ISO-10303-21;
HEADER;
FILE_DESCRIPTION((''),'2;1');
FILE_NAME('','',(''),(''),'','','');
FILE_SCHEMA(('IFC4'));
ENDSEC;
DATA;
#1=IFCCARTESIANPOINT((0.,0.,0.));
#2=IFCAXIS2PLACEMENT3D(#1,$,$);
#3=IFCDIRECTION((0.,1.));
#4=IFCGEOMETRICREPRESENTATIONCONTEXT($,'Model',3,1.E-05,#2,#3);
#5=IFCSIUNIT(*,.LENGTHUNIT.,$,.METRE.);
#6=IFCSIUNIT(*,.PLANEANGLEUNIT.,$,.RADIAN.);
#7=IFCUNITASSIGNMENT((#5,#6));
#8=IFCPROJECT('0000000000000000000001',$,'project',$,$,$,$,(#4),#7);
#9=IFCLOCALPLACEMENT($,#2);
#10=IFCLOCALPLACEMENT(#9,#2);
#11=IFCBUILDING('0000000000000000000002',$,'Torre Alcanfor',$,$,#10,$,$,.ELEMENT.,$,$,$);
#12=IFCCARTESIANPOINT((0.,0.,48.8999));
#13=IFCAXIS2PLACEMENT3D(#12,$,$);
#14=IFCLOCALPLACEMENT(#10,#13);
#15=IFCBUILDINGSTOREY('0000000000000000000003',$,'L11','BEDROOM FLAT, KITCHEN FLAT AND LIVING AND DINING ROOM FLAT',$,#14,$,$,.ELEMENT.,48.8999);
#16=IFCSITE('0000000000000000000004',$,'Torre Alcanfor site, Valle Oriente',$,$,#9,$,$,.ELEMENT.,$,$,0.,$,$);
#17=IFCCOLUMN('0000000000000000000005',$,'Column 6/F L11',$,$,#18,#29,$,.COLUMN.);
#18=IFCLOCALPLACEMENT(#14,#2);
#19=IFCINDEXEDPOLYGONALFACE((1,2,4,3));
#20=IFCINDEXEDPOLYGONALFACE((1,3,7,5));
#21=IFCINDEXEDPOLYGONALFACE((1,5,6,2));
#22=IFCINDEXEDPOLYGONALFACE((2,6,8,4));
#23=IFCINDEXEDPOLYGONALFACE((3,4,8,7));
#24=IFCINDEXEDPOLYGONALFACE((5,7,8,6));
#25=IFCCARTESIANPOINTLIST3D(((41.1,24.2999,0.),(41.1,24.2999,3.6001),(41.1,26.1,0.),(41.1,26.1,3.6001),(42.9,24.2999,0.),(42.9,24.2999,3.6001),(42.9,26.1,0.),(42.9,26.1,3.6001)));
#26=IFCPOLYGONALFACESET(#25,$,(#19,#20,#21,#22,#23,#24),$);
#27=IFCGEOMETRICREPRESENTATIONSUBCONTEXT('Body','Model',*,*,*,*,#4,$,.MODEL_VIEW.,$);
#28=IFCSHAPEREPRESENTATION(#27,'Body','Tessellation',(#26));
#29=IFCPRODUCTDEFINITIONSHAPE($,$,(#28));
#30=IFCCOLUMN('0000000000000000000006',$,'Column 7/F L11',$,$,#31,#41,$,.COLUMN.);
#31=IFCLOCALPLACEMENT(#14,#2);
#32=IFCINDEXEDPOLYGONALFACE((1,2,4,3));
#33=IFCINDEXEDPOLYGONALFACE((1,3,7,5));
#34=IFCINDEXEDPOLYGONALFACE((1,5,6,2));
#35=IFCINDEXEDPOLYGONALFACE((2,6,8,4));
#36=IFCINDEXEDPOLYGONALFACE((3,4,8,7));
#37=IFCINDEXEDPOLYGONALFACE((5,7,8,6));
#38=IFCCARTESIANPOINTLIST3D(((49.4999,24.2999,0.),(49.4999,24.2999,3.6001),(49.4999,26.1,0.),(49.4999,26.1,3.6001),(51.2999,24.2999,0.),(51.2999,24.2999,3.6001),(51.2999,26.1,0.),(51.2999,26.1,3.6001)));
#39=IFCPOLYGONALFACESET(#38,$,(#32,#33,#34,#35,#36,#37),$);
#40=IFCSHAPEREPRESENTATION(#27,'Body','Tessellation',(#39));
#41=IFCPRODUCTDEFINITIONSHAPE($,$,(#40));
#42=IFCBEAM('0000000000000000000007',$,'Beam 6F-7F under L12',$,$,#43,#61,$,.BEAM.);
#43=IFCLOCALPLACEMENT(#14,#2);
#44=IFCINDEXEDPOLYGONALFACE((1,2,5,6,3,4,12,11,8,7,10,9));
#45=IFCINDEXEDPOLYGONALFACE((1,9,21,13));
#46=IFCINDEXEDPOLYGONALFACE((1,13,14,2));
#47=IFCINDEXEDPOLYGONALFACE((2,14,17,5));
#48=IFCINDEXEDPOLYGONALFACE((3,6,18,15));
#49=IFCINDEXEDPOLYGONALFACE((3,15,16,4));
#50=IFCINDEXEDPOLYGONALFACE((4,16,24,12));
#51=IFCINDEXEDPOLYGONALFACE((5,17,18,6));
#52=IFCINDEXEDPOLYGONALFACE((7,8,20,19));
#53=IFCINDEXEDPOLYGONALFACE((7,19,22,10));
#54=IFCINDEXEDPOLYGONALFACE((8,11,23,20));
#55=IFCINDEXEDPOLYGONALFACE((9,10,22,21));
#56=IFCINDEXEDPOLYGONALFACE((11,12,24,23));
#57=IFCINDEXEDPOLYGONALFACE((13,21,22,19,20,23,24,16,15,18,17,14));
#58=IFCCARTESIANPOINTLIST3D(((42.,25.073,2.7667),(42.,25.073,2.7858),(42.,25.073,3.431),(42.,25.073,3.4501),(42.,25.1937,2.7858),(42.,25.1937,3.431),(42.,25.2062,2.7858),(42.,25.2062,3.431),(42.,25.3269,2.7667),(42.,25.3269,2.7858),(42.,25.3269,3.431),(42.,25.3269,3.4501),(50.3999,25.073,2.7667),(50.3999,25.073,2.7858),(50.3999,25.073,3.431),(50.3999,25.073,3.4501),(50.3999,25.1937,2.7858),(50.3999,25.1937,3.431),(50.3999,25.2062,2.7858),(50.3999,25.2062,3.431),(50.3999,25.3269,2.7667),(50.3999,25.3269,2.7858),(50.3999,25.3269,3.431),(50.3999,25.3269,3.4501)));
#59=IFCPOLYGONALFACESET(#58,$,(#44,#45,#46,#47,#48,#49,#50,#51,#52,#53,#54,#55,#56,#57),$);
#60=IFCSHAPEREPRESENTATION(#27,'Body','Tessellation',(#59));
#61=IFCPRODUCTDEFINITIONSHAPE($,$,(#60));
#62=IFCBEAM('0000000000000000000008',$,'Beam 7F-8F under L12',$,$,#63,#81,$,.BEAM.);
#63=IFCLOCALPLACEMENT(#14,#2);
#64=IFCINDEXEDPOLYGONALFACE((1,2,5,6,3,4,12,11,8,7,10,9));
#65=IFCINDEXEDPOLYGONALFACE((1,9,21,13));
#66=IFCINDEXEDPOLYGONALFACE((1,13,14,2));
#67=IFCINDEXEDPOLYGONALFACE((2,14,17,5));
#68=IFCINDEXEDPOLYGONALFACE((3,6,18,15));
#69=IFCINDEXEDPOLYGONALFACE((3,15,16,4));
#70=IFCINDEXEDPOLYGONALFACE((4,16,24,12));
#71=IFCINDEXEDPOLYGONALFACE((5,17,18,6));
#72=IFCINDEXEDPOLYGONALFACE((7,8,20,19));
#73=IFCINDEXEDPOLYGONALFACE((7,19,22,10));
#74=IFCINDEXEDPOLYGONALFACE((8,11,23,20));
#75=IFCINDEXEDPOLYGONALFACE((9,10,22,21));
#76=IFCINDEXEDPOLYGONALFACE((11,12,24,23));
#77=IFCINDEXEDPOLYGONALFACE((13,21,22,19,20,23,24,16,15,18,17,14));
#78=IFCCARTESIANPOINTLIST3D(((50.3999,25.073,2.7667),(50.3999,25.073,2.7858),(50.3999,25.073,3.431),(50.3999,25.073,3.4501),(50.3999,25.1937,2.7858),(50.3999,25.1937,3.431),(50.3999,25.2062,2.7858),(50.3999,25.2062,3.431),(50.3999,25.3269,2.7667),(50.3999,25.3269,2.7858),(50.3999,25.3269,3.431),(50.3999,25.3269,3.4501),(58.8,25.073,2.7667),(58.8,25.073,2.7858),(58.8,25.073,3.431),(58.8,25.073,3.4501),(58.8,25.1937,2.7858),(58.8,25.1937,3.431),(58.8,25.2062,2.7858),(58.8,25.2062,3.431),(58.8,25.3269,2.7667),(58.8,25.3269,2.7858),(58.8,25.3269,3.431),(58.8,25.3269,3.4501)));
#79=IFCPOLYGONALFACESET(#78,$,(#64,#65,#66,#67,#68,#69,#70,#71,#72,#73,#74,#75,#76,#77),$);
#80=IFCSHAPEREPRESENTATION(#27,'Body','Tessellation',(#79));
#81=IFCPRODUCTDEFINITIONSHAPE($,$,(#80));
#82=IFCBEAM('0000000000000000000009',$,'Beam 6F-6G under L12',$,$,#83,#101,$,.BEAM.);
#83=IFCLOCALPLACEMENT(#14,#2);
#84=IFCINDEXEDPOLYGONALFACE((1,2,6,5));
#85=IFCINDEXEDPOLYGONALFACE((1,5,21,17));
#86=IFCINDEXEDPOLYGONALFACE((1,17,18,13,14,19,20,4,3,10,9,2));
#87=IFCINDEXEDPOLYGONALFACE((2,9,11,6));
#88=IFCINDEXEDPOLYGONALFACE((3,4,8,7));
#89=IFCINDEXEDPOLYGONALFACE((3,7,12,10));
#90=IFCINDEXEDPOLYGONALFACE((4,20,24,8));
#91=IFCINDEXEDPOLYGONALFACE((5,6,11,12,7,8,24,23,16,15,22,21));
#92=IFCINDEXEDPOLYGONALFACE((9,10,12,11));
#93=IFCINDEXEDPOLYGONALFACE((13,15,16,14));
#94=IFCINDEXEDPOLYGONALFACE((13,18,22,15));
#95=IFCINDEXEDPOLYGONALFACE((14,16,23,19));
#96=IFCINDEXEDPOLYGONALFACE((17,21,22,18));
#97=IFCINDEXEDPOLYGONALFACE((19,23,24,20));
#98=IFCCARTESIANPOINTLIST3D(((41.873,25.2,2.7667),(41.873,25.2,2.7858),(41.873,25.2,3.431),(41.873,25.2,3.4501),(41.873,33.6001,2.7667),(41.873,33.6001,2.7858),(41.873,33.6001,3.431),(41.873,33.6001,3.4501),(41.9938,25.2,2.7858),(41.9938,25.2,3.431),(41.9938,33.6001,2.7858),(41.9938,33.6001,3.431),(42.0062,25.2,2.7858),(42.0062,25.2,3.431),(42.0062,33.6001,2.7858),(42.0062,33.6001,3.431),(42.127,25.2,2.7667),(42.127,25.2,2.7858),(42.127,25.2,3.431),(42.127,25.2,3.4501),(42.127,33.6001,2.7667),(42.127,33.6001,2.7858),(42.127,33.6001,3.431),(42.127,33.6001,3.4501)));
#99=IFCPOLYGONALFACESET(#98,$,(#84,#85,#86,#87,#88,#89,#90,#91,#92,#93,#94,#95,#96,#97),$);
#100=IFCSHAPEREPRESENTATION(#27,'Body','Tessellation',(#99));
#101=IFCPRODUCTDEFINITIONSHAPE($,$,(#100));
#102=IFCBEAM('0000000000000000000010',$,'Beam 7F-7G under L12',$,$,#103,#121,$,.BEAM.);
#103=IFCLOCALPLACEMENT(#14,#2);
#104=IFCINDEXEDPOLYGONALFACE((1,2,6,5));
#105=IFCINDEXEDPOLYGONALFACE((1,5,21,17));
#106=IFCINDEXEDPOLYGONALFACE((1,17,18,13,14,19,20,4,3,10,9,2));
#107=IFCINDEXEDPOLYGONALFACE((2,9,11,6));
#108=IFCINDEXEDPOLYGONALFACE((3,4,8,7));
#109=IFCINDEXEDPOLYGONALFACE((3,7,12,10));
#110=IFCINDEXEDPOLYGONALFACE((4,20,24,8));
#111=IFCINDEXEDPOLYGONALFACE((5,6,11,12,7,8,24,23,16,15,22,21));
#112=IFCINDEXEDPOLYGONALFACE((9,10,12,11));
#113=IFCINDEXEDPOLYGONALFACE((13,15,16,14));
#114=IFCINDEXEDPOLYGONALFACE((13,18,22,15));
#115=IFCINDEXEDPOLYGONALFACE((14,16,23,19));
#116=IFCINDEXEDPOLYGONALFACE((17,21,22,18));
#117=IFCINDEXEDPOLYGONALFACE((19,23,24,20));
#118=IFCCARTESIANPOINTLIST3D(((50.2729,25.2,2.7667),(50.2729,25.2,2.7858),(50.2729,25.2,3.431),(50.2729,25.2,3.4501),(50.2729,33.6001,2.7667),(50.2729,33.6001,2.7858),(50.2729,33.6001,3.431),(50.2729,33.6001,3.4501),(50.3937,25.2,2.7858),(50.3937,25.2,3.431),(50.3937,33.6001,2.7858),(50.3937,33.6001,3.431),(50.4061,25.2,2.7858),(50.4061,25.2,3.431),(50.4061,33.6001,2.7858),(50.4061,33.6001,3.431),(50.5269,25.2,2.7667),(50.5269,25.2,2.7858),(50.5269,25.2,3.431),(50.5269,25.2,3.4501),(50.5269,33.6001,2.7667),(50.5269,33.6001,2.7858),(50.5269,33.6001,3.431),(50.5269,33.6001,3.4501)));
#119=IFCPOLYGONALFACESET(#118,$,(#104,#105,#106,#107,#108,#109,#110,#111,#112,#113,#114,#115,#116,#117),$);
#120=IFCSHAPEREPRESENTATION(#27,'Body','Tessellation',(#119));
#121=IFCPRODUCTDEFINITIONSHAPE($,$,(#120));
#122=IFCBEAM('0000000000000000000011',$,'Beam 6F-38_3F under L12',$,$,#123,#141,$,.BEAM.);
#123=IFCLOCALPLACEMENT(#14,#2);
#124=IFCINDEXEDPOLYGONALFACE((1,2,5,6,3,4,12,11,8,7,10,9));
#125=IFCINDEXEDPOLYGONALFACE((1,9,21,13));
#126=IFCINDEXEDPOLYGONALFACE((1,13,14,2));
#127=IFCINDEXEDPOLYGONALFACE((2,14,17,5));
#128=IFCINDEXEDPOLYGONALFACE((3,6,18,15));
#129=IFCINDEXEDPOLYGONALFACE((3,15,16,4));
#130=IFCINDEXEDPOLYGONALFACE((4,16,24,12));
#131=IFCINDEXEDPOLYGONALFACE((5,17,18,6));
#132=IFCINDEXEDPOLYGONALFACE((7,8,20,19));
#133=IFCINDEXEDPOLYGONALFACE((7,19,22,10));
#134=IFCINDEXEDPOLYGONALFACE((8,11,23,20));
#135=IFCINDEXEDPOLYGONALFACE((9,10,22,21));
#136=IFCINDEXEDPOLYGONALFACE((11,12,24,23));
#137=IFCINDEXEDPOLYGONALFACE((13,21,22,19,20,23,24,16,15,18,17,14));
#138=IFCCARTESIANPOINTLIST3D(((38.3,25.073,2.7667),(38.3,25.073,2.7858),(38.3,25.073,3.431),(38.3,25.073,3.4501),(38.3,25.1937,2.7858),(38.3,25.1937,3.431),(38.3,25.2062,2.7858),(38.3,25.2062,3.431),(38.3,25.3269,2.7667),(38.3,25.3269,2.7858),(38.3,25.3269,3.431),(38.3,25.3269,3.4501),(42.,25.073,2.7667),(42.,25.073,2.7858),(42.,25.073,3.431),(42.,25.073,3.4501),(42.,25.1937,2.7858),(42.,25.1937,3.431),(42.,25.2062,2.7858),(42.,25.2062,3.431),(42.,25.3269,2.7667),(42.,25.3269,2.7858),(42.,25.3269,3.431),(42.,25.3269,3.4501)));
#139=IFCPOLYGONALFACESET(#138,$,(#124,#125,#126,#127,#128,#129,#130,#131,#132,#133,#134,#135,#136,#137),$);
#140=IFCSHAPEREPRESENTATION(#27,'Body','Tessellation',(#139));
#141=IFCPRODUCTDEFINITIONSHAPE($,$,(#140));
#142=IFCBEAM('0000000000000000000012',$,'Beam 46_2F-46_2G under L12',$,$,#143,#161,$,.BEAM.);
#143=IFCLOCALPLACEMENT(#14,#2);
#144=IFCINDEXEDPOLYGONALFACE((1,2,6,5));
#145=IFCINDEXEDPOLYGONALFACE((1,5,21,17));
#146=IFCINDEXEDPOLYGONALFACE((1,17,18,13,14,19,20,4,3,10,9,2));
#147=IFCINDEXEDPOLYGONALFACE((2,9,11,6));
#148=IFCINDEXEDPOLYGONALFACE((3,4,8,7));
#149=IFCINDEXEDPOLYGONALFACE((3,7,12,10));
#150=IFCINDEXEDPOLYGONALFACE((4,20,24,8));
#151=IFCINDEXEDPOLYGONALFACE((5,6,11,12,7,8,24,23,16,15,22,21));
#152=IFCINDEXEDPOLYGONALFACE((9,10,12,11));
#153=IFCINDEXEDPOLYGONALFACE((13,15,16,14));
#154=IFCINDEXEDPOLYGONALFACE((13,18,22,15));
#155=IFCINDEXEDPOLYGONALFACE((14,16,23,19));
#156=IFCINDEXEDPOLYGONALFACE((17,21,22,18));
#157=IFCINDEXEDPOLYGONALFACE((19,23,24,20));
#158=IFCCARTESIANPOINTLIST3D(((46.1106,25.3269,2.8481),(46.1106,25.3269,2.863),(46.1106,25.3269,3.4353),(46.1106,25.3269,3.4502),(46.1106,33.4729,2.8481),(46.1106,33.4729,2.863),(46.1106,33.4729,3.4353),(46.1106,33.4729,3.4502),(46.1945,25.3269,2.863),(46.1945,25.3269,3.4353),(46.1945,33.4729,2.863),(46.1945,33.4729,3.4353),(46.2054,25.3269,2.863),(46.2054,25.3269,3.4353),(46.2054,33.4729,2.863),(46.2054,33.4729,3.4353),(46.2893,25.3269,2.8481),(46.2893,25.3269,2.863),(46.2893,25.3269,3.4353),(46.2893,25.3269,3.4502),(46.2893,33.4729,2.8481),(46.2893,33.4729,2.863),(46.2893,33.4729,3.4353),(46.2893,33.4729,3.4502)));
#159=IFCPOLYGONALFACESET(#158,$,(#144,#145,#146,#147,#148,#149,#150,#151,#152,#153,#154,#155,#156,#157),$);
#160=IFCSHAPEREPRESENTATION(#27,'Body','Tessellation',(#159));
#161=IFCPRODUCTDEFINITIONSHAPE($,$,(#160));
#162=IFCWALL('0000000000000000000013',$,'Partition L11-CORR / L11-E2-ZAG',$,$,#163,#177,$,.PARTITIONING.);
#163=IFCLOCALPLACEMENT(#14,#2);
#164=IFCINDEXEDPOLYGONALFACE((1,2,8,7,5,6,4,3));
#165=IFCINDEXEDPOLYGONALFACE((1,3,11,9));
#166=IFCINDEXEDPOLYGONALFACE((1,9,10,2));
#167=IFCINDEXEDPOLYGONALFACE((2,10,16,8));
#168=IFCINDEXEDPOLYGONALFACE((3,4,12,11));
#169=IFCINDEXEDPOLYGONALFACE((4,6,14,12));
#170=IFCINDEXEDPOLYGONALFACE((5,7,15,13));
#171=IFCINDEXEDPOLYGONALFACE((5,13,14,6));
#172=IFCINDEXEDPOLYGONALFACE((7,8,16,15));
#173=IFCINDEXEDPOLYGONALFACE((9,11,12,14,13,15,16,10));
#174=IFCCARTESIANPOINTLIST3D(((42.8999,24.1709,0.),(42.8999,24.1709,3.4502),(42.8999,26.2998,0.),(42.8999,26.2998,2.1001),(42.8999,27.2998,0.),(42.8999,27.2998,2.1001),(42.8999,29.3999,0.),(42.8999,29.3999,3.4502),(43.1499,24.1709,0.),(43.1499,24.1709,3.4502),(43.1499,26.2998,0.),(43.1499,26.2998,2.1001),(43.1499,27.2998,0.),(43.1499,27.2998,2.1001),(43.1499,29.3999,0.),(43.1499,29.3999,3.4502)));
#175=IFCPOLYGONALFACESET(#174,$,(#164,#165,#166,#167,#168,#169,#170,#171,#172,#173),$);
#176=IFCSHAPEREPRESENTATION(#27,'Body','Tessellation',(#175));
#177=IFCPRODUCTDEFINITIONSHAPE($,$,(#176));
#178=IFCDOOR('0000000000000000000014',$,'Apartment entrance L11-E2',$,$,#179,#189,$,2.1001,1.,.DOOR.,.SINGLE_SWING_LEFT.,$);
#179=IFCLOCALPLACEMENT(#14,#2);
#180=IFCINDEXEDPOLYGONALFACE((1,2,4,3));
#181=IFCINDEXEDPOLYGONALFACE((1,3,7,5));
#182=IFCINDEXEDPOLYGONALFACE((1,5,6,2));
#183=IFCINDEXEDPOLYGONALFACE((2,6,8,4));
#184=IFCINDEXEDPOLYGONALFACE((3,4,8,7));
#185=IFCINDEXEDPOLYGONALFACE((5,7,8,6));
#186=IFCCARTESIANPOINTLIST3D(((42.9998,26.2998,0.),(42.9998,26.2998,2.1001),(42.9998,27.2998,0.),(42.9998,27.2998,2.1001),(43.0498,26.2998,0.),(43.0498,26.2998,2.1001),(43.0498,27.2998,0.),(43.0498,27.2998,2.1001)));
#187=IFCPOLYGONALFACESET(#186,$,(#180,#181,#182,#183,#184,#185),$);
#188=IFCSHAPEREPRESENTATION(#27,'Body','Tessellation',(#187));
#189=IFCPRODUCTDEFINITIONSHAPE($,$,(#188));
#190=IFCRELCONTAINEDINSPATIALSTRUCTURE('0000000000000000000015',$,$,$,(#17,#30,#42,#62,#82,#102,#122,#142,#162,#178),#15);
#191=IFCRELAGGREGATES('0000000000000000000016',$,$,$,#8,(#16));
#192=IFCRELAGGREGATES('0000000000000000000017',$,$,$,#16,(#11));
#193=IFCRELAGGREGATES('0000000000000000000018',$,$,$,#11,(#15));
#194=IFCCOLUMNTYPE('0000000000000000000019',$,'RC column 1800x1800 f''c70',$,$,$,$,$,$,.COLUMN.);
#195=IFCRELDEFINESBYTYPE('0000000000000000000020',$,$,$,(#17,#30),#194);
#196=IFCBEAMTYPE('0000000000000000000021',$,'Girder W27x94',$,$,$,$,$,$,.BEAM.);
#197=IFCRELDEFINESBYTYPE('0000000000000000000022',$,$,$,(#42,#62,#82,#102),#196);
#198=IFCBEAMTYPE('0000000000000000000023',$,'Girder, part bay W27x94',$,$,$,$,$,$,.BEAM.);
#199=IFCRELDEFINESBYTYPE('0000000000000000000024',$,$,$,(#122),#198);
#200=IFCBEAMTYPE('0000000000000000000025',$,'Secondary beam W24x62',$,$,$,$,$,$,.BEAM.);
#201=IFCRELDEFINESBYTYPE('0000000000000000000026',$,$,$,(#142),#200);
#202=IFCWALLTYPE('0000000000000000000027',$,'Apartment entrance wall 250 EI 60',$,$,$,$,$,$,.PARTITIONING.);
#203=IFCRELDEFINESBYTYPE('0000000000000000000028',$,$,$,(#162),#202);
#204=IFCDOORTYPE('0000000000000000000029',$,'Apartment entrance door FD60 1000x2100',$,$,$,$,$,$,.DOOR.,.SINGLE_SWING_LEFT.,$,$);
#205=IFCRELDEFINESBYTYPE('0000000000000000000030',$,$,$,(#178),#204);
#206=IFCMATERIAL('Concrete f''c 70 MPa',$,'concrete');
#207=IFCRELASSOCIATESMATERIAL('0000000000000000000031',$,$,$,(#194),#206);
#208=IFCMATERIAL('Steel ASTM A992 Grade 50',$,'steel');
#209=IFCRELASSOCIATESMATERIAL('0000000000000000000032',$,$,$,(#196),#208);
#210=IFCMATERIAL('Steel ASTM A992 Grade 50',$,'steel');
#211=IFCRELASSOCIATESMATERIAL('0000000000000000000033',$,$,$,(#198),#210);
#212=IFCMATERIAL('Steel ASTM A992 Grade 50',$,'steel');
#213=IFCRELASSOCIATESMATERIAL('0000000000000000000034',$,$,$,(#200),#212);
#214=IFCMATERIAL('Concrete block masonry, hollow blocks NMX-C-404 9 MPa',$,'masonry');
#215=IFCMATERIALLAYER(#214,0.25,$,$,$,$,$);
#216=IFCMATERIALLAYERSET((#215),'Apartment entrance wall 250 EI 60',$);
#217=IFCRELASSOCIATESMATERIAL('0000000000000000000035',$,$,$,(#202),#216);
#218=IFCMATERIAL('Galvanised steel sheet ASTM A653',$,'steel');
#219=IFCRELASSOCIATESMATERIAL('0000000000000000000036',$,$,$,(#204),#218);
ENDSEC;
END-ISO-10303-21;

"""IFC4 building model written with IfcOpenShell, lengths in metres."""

from ifc_helpers import new_model, si_unit, direction, frame, frame_2d, origin, origin_2d, place, context, subcontext, project, spatial, rectangle, i_section, extrude, material, layer, layer_set, material_profile, profile_set, type_object, element, fill, save


model = new_model("IFC4")

# Units and contexts
model_context = context("Model", 3, precision=1e-05, world=origin(), true_north=direction((0.0, 1.0)))
body_context = subcontext(model_context, "Body", "Model", "MODEL_VIEW")
ifc_project = project(units=[si_unit("LENGTHUNIT", "METRE"), si_unit("PLANEANGLEUNIT", "RADIAN")], contexts=[model_context])

# Site, building, storey
site_placement = place(None, origin())
site = spatial("IfcSite", under=ifc_project, at=site_placement, Name="Torre Alcanfor site, Valle Oriente", CompositionType="ELEMENT", RefElevation=0.0)
building_placement = place(site_placement, origin())
building = spatial("IfcBuilding", under=site, at=building_placement, Name="Torre Alcanfor", CompositionType="ELEMENT")
storey_placement = place(building_placement, frame((0.0, 0.0, 48.8999)))
storey = spatial("IfcBuildingStorey", under=building, at=storey_placement, Name="L11", Description="BEDROOM FLAT, KITCHEN FLAT AND LIVING AND DINING ROOM FLAT", CompositionType="ELEMENT", Elevation=48.8999)

# Columns
ifc_material_1 = material(Name="Concrete f'c 70 MPa", Category="concrete")
ifc_material_profile_1 = material_profile(ifc_material_1, rectangle(XDim=1.8, YDim=1.8, at=origin_2d()), Name="1800x1800")
ifc_profile_set_1 = profile_set([ifc_material_profile_1], Name="Concrete f'c 70 MPa")
column_type = type_object("IfcColumnType", Name="RC column 1800x1800 f'c70", PredefinedType="COLUMN", material=ifc_profile_set_1)
for number, where, z_axis, x_axis, name in (
    (1, (42.0, 25.2, 0.0), (0.0, 0.0, 1.0), (1.0, 0.0, 0.0), "Column 6/F L11"),
    (2, (50.3999, 25.2, 0.0), (0.0, 0.0, 1.0), (1.0, 0.0, 0.0), "Column 7/F L11"),
):
    element("IfcColumn", number, at=place(storey_placement, frame(where, z_axis=z_axis, x_axis=x_axis)), inside=storey, type_object=column_type, Name=name, PredefinedType="COLUMN", context=body_context, shape_type="SweptSolid", body=[
        extrude(rectangle(XDim=1.8, YDim=1.8, at=origin_2d()), origin(), (0.0, 0.0, 1.0), 3.6001),
    ])

# Beams
ifc_material_2 = material(Name="Steel ASTM A992 Grade 50", Category="steel")
ifc_material_profile_2 = material_profile(ifc_material_2, i_section(OverallWidth=0.2539, OverallDepth=0.6833, WebThickness=0.0125, FlangeThickness=0.019, at=origin_2d()), Name="W27x94")
ifc_profile_set_2 = profile_set([ifc_material_profile_2], Name="Steel ASTM A992 Grade 50")
beam_type_1 = type_object("IfcBeamType", Name="Girder W27x94", PredefinedType="BEAM", material=ifc_profile_set_2)
beam_1_placement = place(storey_placement, frame((42.0, 25.2, 3.1084), z_axis=(1.0, 0.0, 0.0), x_axis=(0.0, 1.0, 0.0)))
element("IfcBeam", 3, at=beam_1_placement, inside=storey, type_object=beam_type_1, Name="Beam 6F-7F under L12", PredefinedType="BEAM", context=body_context, shape_type="SweptSolid", body=[
    extrude(i_section(OverallWidth=0.2539, OverallDepth=0.6833, WebThickness=0.0125, FlangeThickness=0.019, at=origin_2d()), origin(), (0.0, 0.0, 1.0), 8.3999),
])
for number, where, z_axis, x_axis, name in (
    (4, (50.3999, 25.2, 3.1084), (1.0, 0.0, 0.0), (0.0, 1.0, 0.0), "Beam 7F-8F under L12"),
    (5, (42.0, 25.2, 3.1084), (0.0, 1.0, 0.0), (-1.0, 0.0, 0.0), "Beam 6F-6G under L12"),
    (6, (50.3999, 25.2, 3.1084), (0.0, 1.0, 0.0), (-1.0, 0.0, 0.0), "Beam 7F-7G under L12"),
):
    element("IfcBeam", number, at=place(storey_placement, frame(where, z_axis=z_axis, x_axis=x_axis)), inside=storey, type_object=beam_type_1, Name=name, PredefinedType="BEAM", context=body_context, shape_type="SweptSolid", body=[
        extrude(i_section(OverallWidth=0.2539, OverallDepth=0.6833, WebThickness=0.0125, FlangeThickness=0.019, at=origin_2d()), origin(), (0.0, 0.0, 1.0), 8.4001),
    ])
ifc_material_3 = material(Name="Steel ASTM A992 Grade 50", Category="steel")
ifc_material_profile_3 = material_profile(ifc_material_3, i_section(OverallWidth=0.2539, OverallDepth=0.6833, WebThickness=0.0125, FlangeThickness=0.019, at=origin_2d()), Name="W27x94")
ifc_profile_set_3 = profile_set([ifc_material_profile_3], Name="Steel ASTM A992 Grade 50")
beam_type_2 = type_object("IfcBeamType", Name="Girder, part bay W27x94", PredefinedType="BEAM", material=ifc_profile_set_3)
beam_2_placement = place(storey_placement, frame((42.0, 25.2, 3.1084), z_axis=(-1.0, 0.0, 0.0), x_axis=(0.0, -1.0, 0.0)))
element("IfcBeam", 7, at=beam_2_placement, inside=storey, type_object=beam_type_2, Name="Beam 6F-38_3F under L12", PredefinedType="BEAM", context=body_context, shape_type="SweptSolid", body=[
    extrude(i_section(OverallWidth=0.2539, OverallDepth=0.6833, WebThickness=0.0125, FlangeThickness=0.019, at=origin_2d()), origin(), (0.0, 0.0, 1.0), 3.7),
])
ifc_material_4 = material(Name="Steel ASTM A992 Grade 50", Category="steel")
ifc_material_profile_4 = material_profile(ifc_material_4, i_section(OverallWidth=0.1787, OverallDepth=0.6021, WebThickness=0.011, FlangeThickness=0.0149, at=origin_2d()), Name="W24x62")
ifc_profile_set_4 = profile_set([ifc_material_profile_4], Name="Steel ASTM A992 Grade 50")
beam_type_3 = type_object("IfcBeamType", Name="Secondary beam W24x62", PredefinedType="BEAM", material=ifc_profile_set_4)
beam_3_placement = place(storey_placement, frame((46.2, 25.3269, 3.1492), z_axis=(0.0, 1.0, 0.0), x_axis=(-1.0, 0.0, 0.0)))
element("IfcBeam", 8, at=beam_3_placement, inside=storey, type_object=beam_type_3, Name="Beam 46_2F-46_2G under L12", PredefinedType="BEAM", context=body_context, shape_type="SweptSolid", body=[
    extrude(i_section(OverallWidth=0.1787, OverallDepth=0.6021, WebThickness=0.011, FlangeThickness=0.0149, at=origin_2d()), origin(), (0.0, 0.0, 1.0), 8.146),
])

# Wall, opening, door
ifc_material_5 = material(Name="Concrete block masonry, hollow blocks NMX-C-404 9 MPa", Category="masonry")
ifc_layer_1 = layer(ifc_material_5, 0.25)
ifc_layer_set_1 = layer_set([ifc_layer_1], Name="Apartment entrance wall 250 EI 60")
wall_type_1 = type_object("IfcWallType", Name="Apartment entrance wall 250 EI 60", PredefinedType="PARTITIONING", material=ifc_layer_set_1)
wall_1_placement = place(storey_placement, frame((43.0249, 29.3999, 0.0), z_axis=(0.0, 0.0, 1.0), x_axis=(0.0, -1.0, 0.0)))
wall_1 = element("IfcWall", 9, at=wall_1_placement, inside=storey, type_object=wall_type_1, Name="Partition L11-CORR / L11-E2-ZAG", PredefinedType="PARTITIONING", context=body_context, shape_type="SweptSolid", body=[
    extrude(rectangle(XDim=5.229, YDim=0.25, at=frame_2d((2.6145, 0.0))), origin(), (0.0, 0.0, 1.0), 3.4502),
])
opening_placement = place(wall_1_placement, frame((2.1001, 0.0, 0.0)))
opening = element("IfcOpeningElement", 10, at=opening_placement, cuts=wall_1, PredefinedType="OPENING", context=body_context, shape_type="SweptSolid", body=[
    extrude(rectangle(XDim=1.0, YDim=2.1001, at=frame_2d((0.5, 1.05))), frame((0.0, 0.135, 0.0), z_axis=(0.0, -1.0, 0.0), x_axis=(1.0, 0.0, 0.0)), (0.0, 0.0, 1.0), 0.27),
])
ifc_material_6 = material(Name="Galvanised steel sheet ASTM A653", Category="steel")
door_type = type_object("IfcDoorType", Name="Apartment entrance door FD60 1000x2100", OperationType="SINGLE_SWING_LEFT", PredefinedType="DOOR", material=ifc_material_6)
door_placement = place(opening_placement, origin())
door = element("IfcDoor", 11, at=door_placement, inside=storey, type_object=door_type, Name="Apartment entrance L11-E2", OperationType="SINGLE_SWING_LEFT", OverallHeight=2.1001, OverallWidth=1.0, PredefinedType="DOOR", context=body_context, shape_type="SweptSolid", body=[
    extrude(rectangle(XDim=1.0, YDim=2.1001, at=frame_2d((0.5, 1.05))), frame((0.0, 0.0249, 0.0), z_axis=(0.0, -1.0, 0.0), x_axis=(1.0, 0.0, 0.0)), (0.0, 0.0, 1.0), 0.05),
])
fill(opening, door)

save(model, "model.ifc")
